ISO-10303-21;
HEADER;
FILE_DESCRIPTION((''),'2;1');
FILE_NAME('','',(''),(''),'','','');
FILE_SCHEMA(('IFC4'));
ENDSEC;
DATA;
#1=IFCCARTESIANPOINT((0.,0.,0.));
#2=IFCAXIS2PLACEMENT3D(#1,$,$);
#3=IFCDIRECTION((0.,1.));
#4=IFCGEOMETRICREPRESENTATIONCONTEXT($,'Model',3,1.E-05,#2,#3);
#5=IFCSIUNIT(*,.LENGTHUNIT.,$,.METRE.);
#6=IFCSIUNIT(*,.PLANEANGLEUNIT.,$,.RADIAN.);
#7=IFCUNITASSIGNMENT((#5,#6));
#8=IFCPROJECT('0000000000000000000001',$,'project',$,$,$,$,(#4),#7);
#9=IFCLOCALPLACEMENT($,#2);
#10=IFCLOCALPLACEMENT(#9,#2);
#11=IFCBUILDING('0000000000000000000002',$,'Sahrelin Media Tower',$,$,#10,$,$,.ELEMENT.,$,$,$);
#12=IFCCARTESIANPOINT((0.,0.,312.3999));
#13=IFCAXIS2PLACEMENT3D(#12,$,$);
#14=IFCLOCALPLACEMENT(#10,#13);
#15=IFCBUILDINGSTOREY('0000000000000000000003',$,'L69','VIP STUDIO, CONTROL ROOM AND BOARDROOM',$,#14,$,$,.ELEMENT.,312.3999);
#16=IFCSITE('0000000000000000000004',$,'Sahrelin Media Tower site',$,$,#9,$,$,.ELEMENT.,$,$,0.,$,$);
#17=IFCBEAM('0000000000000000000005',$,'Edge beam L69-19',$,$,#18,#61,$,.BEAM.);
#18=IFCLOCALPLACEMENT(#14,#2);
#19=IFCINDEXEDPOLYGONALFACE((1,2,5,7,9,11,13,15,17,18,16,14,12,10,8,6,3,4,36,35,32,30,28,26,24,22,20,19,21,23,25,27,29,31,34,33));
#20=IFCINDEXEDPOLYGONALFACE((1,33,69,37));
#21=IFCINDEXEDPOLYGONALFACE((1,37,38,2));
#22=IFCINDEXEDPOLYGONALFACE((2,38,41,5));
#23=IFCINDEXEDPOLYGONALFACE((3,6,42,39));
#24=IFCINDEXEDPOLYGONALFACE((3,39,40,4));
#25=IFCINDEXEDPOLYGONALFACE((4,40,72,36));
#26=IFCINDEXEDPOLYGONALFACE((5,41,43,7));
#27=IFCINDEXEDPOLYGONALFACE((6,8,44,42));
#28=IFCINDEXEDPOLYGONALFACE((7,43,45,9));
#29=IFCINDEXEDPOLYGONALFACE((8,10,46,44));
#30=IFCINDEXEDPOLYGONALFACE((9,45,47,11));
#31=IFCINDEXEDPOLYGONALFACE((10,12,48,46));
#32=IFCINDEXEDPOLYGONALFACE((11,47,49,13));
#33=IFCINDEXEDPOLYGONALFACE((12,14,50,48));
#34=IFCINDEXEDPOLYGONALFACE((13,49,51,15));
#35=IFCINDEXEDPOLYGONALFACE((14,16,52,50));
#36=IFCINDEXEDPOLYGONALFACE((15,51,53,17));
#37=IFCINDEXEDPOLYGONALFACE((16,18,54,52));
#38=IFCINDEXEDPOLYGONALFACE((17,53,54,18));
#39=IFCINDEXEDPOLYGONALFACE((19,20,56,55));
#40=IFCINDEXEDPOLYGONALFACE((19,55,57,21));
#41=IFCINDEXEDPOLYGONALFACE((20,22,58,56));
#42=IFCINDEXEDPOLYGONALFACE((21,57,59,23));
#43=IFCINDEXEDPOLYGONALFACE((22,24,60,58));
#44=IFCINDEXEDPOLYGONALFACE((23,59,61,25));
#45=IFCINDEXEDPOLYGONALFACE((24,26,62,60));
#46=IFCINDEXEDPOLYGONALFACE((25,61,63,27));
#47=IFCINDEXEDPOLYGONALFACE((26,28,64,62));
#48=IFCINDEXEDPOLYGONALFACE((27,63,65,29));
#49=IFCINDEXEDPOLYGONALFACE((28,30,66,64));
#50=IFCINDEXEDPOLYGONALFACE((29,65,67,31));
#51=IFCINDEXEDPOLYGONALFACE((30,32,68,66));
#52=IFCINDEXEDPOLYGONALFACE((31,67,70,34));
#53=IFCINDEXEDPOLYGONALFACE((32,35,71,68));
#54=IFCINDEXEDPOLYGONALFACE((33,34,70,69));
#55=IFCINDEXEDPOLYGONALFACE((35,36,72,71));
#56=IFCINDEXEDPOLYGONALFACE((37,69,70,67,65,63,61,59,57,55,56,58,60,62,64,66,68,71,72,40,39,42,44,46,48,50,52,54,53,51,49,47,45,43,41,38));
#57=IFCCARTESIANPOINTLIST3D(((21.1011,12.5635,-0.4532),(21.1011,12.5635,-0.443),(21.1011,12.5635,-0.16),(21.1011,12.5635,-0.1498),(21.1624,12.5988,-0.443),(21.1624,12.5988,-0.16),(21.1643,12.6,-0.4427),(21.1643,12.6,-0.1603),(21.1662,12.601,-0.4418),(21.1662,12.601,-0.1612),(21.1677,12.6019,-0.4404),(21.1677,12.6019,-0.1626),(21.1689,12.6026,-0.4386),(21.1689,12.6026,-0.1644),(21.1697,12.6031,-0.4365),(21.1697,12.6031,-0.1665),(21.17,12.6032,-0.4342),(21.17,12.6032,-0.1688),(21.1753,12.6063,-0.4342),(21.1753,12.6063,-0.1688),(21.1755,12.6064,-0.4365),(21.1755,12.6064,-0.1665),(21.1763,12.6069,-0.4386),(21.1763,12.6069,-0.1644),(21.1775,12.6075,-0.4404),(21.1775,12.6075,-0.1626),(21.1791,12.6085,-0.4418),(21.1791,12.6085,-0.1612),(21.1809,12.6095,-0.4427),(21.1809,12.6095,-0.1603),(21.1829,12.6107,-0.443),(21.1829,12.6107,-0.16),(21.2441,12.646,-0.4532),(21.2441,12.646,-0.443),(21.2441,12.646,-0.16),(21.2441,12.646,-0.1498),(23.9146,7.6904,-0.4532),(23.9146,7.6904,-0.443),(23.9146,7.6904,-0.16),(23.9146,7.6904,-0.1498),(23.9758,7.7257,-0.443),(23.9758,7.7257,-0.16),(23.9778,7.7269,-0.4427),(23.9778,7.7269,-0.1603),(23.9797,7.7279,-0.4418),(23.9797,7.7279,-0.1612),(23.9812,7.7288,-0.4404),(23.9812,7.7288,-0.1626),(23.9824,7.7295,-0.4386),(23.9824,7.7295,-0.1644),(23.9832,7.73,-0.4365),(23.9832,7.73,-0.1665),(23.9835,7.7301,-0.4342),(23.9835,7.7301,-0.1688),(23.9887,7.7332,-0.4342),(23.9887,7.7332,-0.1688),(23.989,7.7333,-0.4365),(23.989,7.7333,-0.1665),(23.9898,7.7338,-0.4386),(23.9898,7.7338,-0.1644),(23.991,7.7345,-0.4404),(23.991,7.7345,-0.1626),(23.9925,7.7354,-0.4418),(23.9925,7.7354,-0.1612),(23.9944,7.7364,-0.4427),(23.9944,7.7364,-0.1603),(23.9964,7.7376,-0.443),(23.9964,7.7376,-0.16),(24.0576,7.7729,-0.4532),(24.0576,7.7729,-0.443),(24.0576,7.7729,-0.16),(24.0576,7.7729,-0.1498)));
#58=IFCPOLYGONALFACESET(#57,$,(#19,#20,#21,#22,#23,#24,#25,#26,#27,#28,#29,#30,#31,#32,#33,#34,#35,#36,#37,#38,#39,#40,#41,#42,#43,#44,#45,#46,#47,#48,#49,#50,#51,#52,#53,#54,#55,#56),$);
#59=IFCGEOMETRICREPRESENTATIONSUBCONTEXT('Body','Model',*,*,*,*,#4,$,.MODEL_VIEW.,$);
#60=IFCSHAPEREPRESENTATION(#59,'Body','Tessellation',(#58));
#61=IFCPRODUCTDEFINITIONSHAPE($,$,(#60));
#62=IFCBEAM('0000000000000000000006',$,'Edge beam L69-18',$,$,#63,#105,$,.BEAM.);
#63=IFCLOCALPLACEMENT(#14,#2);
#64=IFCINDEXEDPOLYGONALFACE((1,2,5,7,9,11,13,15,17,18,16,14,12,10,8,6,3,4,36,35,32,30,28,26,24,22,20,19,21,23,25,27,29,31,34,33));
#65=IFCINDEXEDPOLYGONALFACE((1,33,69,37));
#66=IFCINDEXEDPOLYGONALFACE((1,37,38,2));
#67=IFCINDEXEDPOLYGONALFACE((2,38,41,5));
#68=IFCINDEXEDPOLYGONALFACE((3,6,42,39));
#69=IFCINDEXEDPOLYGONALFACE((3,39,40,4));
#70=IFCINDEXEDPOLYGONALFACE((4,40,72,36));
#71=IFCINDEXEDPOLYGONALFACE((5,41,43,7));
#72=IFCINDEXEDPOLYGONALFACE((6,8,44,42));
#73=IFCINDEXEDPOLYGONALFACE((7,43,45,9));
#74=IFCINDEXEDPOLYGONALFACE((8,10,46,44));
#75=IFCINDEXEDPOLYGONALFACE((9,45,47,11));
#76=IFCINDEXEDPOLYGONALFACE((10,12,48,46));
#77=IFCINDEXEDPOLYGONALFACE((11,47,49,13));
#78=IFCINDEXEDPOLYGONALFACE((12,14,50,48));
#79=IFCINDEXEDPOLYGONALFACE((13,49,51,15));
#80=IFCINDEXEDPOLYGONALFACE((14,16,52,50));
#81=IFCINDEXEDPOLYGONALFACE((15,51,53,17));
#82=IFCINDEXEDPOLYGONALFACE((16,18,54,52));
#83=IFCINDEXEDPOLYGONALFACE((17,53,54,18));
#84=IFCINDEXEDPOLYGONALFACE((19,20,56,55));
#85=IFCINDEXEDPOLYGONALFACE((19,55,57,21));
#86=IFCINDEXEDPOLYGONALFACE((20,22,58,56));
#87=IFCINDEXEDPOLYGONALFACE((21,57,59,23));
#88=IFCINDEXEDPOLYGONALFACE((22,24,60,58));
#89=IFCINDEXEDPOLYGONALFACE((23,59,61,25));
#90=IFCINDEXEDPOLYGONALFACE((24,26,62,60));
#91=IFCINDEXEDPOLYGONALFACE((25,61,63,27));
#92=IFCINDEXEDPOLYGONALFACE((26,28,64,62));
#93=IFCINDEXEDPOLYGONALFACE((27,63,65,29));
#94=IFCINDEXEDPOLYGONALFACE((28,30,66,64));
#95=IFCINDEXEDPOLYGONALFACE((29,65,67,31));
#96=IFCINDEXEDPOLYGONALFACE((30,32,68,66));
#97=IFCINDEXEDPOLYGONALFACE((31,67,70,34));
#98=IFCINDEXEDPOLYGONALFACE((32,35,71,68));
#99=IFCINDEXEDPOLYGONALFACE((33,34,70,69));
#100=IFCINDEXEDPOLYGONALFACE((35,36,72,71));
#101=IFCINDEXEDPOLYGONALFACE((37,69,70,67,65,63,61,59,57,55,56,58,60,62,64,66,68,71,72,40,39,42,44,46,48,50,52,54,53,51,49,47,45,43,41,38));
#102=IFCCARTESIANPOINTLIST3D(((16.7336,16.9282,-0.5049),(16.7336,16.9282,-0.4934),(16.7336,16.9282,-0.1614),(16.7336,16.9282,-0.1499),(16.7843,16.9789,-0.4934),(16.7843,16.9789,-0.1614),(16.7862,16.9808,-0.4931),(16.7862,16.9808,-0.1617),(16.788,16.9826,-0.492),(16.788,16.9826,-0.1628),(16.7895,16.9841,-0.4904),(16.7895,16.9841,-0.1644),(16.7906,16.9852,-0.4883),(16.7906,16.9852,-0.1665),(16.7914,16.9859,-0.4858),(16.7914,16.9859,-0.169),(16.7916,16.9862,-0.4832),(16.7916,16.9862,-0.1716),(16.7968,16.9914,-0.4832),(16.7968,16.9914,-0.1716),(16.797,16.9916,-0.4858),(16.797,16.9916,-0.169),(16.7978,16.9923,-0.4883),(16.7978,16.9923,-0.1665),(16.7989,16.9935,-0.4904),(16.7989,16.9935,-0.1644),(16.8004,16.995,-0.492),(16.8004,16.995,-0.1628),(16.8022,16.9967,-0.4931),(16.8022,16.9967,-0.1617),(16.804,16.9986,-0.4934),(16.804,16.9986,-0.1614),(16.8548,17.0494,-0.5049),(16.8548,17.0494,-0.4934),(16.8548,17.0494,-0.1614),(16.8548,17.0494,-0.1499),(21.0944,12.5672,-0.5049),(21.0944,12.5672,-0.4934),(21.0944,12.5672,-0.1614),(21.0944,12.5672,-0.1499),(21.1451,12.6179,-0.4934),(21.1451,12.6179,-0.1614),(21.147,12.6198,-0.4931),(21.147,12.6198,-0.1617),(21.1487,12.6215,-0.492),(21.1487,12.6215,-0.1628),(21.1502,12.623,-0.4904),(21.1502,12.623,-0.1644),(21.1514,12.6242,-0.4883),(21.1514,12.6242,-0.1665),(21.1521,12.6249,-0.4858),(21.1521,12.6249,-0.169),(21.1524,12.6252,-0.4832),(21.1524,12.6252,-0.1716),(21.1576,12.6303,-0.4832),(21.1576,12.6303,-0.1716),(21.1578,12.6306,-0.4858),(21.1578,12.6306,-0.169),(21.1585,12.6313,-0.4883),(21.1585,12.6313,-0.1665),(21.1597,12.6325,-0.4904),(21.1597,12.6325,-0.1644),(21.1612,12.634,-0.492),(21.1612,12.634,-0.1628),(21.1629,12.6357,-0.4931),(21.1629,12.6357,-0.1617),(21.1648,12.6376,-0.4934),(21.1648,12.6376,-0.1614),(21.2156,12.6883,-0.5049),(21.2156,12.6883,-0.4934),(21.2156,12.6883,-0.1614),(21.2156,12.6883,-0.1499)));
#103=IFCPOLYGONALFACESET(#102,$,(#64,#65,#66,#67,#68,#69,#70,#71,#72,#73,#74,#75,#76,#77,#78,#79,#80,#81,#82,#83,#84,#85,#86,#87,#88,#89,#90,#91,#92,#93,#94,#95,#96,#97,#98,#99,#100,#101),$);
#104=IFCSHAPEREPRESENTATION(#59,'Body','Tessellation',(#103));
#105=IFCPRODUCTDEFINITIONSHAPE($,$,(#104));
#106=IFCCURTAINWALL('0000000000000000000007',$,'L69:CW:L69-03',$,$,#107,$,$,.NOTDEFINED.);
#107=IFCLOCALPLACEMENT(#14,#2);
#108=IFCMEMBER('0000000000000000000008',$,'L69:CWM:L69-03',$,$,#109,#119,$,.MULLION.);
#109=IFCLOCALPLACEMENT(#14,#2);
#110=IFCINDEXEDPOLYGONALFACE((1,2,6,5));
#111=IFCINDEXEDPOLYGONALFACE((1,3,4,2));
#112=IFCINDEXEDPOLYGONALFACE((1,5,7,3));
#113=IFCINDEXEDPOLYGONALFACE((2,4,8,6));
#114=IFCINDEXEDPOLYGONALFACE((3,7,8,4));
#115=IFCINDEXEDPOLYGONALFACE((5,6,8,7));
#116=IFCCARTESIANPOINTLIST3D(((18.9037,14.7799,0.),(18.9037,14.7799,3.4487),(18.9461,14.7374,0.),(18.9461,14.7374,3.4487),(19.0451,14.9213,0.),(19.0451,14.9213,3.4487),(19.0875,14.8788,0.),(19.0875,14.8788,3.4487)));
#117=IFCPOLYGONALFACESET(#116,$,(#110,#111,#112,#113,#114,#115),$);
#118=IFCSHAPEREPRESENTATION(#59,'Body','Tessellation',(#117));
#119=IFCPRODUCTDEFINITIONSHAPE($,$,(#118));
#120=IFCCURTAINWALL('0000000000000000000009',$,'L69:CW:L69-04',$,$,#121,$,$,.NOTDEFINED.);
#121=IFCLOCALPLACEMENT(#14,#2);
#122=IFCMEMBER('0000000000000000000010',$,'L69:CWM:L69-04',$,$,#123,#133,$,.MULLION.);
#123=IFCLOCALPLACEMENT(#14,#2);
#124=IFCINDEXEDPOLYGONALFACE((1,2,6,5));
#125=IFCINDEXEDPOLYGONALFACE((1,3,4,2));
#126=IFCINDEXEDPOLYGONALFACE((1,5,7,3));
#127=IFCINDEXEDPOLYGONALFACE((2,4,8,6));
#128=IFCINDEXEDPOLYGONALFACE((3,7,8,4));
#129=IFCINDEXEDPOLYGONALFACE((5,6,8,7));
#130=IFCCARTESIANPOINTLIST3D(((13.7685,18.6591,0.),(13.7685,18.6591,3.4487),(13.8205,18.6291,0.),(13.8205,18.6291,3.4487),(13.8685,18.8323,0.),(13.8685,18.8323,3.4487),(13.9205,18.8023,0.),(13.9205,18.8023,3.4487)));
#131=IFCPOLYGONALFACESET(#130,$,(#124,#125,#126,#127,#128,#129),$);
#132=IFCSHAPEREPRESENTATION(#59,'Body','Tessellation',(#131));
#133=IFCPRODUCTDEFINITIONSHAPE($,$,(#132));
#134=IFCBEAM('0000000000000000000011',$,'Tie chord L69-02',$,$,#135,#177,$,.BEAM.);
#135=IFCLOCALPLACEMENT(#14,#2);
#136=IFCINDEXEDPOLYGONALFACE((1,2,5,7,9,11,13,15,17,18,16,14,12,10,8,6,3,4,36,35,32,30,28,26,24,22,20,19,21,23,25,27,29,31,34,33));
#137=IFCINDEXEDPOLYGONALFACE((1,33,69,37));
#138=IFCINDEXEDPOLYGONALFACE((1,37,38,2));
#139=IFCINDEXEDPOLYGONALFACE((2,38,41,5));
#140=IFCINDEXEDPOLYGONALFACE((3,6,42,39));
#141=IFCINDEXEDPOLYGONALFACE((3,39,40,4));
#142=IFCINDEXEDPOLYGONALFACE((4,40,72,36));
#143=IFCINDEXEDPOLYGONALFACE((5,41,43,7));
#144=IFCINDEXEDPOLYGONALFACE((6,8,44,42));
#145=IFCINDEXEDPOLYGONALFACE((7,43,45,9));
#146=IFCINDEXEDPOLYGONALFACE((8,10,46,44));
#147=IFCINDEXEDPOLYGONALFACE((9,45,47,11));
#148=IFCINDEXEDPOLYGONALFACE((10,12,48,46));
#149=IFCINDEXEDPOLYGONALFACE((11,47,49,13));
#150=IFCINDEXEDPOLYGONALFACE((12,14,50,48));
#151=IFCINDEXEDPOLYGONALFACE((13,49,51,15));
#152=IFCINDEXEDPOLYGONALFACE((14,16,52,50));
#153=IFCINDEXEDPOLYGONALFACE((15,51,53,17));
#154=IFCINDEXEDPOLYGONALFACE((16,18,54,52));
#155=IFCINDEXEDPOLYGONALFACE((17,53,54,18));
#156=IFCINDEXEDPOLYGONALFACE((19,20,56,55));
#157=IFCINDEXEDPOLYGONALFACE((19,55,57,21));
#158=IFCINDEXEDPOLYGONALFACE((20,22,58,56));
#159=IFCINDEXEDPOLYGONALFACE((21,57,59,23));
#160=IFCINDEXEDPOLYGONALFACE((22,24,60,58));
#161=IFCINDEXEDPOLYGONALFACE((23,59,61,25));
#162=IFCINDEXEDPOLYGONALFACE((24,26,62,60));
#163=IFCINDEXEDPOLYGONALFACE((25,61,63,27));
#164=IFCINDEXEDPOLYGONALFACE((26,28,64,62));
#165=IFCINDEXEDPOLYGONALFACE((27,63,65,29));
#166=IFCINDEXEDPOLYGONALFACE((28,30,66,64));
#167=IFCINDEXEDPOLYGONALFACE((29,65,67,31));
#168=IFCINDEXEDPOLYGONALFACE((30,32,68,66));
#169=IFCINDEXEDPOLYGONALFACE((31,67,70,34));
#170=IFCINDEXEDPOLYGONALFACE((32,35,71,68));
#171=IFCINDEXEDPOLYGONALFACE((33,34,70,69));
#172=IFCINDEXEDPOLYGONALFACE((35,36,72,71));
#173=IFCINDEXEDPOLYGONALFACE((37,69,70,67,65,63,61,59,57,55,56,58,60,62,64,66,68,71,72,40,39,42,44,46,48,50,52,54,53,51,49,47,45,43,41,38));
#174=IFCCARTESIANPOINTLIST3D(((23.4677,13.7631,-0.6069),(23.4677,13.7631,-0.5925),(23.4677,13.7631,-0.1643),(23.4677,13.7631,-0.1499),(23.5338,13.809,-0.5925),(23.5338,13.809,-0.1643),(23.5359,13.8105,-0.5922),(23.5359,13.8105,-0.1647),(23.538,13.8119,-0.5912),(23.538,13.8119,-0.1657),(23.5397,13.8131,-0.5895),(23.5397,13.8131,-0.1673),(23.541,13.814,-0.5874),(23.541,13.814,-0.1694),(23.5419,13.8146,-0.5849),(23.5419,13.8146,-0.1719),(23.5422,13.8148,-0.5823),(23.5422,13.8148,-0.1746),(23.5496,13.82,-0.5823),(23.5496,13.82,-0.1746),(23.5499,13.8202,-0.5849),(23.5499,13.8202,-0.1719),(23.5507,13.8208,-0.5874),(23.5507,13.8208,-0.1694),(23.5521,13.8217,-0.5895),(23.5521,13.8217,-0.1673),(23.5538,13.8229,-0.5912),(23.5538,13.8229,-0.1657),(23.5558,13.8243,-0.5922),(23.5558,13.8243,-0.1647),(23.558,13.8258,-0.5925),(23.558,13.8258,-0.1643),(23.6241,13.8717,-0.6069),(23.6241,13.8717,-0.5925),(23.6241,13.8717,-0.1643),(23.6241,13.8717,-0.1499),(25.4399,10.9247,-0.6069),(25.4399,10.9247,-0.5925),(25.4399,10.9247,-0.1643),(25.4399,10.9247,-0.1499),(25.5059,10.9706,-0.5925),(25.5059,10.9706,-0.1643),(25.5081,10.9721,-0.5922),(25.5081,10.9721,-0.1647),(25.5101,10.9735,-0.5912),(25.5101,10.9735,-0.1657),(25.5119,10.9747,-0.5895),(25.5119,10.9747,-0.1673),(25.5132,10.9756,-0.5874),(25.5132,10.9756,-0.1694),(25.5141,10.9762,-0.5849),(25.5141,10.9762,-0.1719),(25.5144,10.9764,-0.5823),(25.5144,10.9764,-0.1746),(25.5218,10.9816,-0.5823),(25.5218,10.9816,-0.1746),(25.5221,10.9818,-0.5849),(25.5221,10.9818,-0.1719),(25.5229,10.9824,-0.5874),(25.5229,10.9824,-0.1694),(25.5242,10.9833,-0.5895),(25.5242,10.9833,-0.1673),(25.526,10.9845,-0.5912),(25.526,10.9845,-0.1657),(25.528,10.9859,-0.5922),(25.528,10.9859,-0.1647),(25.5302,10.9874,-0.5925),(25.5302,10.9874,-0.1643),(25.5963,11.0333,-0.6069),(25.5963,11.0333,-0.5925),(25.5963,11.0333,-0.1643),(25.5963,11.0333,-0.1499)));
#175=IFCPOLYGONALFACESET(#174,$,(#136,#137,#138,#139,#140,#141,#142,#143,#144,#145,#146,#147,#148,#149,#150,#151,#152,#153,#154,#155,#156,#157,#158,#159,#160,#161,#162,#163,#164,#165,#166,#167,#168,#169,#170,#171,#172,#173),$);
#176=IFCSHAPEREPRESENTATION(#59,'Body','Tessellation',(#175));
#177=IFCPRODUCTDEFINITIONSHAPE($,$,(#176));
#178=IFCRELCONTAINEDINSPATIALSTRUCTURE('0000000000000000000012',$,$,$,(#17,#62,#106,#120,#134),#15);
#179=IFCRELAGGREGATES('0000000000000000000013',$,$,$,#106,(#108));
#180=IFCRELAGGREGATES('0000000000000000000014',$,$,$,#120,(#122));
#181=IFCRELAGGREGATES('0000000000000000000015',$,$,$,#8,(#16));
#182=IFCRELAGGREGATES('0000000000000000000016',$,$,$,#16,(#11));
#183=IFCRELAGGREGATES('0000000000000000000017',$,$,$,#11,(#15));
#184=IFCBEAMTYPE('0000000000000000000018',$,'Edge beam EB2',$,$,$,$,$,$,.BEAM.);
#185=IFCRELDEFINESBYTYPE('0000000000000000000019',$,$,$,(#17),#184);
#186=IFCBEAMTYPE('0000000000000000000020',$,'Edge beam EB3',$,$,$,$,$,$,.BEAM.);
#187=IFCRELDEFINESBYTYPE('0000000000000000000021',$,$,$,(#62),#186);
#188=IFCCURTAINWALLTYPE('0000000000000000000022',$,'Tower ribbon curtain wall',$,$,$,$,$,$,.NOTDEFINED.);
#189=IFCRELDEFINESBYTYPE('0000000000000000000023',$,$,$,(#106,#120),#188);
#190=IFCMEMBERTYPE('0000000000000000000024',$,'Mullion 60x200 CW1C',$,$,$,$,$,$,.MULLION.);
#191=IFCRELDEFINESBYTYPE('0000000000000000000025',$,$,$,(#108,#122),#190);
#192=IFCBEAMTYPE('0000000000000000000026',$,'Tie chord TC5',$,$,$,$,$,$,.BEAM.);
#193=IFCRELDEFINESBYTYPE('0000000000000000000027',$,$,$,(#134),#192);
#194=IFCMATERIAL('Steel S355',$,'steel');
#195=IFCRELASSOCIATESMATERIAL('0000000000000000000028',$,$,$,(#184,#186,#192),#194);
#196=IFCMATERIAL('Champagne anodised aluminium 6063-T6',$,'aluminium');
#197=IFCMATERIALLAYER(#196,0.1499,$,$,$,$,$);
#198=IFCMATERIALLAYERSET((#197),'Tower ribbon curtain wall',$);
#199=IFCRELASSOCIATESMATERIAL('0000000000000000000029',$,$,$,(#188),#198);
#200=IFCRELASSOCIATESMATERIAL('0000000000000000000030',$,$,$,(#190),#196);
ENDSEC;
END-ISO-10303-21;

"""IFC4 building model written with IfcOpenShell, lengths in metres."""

from ifc_helpers import new_model, si_unit, direction, frame, origin, origin_2d, place, context, subcontext, project, spatial, rectangle, i_section, extrude, material, layer, layer_set, material_profile, profile_set, type_object, element, aggregate, save


model = new_model("IFC4")

# Units and contexts
model_context = context("Model", 3, precision=1e-05, world=origin(), true_north=direction((0.0, 1.0)))
body_context = subcontext(model_context, "Body", "Model", "MODEL_VIEW")
ifc_project = project(units=[si_unit("LENGTHUNIT", "METRE"), si_unit("PLANEANGLEUNIT", "RADIAN")], contexts=[model_context])

# Site, building, storey
site_placement = place(None, origin())
site = spatial("IfcSite", under=ifc_project, at=site_placement, Name="Sahrelin Media Tower site", CompositionType="ELEMENT", RefElevation=0.0)
building_placement = place(site_placement, origin())
building = spatial("IfcBuilding", under=site, at=building_placement, Name="Sahrelin Media Tower", CompositionType="ELEMENT")
storey_placement = place(building_placement, frame((0.0, 0.0, 312.3999)))
storey = spatial("IfcBuildingStorey", under=building, at=storey_placement, Name="L69", Description="VIP STUDIO, CONTROL ROOM AND BOARDROOM", CompositionType="ELEMENT", Elevation=312.3999)

# Beams
ifc_material_1 = material(Name="Steel S355", Category="steel")
ifc_material_profile_1 = material_profile(ifc_material_1, i_section(OverallWidth=0.165, OverallDepth=0.3035, WebThickness=0.0061, FlangeThickness=0.0103, FilletRadius=0.0088, at=origin_2d()), Name="UB 305x165x40")
ifc_profile_set_1 = profile_set([ifc_material_profile_1], Name="Steel S355")
beam_type_1 = type_object("IfcBeamType", Name="Edge beam EB2", PredefinedType="BEAM", material=ifc_profile_set_1)
beam_1_placement = place(storey_placement, frame((21.1726, 12.6047, -0.3015), z_axis=(0.500003, -0.866024, 0.0), x_axis=(0.866024, 0.500003, 0.0)))
element("IfcBeam", 1, at=beam_1_placement, inside=storey, type_object=beam_type_1, Name="Edge beam L69-19", PredefinedType="BEAM", context=body_context, shape_type="SweptSolid", body=[
    extrude(i_section(OverallWidth=0.165, OverallDepth=0.3035, WebThickness=0.0061, FlangeThickness=0.0103, FilletRadius=0.0088, at=origin_2d()), origin(), (0.0, 0.0, 1.0), 5.627),
])
ifc_material_profile_2 = material_profile(ifc_material_1, i_section(OverallWidth=0.1714, OverallDepth=0.355, WebThickness=0.0073, FlangeThickness=0.0115, FilletRadius=0.0103, at=origin_2d()), Name="UB 356x171x51")
ifc_profile_set_2 = profile_set([ifc_material_profile_2], Name="Steel S355")
beam_type_2 = type_object("IfcBeamType", Name="Edge beam EB3", PredefinedType="BEAM", material=ifc_profile_set_2)
beam_2_placement = place(storey_placement, frame((16.7942, 16.9888, -0.3274), z_axis=(0.707087, -0.707127, 0.0), x_axis=(0.707127, 0.707087, 0.0)))
element("IfcBeam", 2, at=beam_2_placement, inside=storey, type_object=beam_type_2, Name="Edge beam L69-18", PredefinedType="BEAM", context=body_context, shape_type="SweptSolid", body=[
    extrude(i_section(OverallWidth=0.1714, OverallDepth=0.355, WebThickness=0.0073, FlangeThickness=0.0115, FilletRadius=0.0103, at=origin_2d()), origin(), (0.0, 0.0, 1.0), 6.1672),
])

# Curtain walls, members
ifc_material_2 = material(Name="Champagne anodised aluminium 6063-T6", Category="aluminium")
ifc_layer_1 = layer(ifc_material_2, 0.1499)
ifc_layer_set_1 = layer_set([ifc_layer_1], Name="Tower ribbon curtain wall")
curtain_wall_type = type_object("IfcCurtainWallType", Name="Tower ribbon curtain wall", PredefinedType="NOTDEFINED", material=ifc_layer_set_1)
curtain_wall_1_placement = place(storey_placement, frame((19.0806, 14.9143, 0.0), z_axis=(0.0, 0.0, 1.0), x_axis=(1.0, 0.0, 0.0)))
curtain_wall_1 = element("IfcCurtainWall", 3, at=curtain_wall_1_placement, inside=storey, type_object=curtain_wall_type, Name="L69:CW:L69-03", PredefinedType="NOTDEFINED")
ifc_material_profile_3 = material_profile(ifc_material_2, rectangle(XDim=0.0601, YDim=0.2, at=origin_2d()), Name="Mullion 60x200")
ifc_profile_set_3 = profile_set([ifc_material_profile_3], Name="Champagne anodised aluminium 6063-T6")
member_type_1 = type_object("IfcMemberType", Name="Mullion 60x200 CW1C", PredefinedType="MULLION", material=ifc_profile_set_3)
member_1_placement = place(storey_placement, frame((18.9956, 14.8293, 0.0), z_axis=(0.0, 0.0, 1.0), x_axis=(-0.707099, 0.707114, 0.0)))
member_1 = element("IfcMember", 4, at=member_1_placement, type_object=member_type_1, Name="L69:CWM:L69-03", PredefinedType="MULLION", context=body_context, shape_type="SweptSolid", body=[
    extrude(rectangle(XDim=0.0601, YDim=0.2, at=origin_2d()), origin(), (0.0, 0.0, 1.0), 3.4487),
])
curtain_wall_2_placement = place(storey_placement, frame((13.9043, 18.8347, 0.0), z_axis=(0.0, 0.0, 1.0), x_axis=(1.0, 0.0, 0.0)))
curtain_wall_2 = element("IfcCurtainWall", 5, at=curtain_wall_2_placement, inside=storey, type_object=curtain_wall_type, Name="L69:CW:L69-04", PredefinedType="NOTDEFINED")
member_2_placement = place(storey_placement, frame((13.8445, 18.7307, 0.0), z_axis=(0.0, 0.0, 1.0), x_axis=(-0.866029, 0.499994, 0.0)))
member_2 = element("IfcMember", 6, at=member_2_placement, type_object=member_type_1, Name="L69:CWM:L69-04", PredefinedType="MULLION", context=body_context, shape_type="SweptSolid", body=[
    extrude(rectangle(XDim=0.0601, YDim=0.2, at=origin_2d()), origin(), (0.0, 0.0, 1.0), 3.4487),
])

# Beam
ifc_material_profile_4 = material_profile(ifc_material_1, i_section(OverallWidth=0.1904, OverallDepth=0.457, WebThickness=0.009, FlangeThickness=0.0144, FilletRadius=0.0103, at=origin_2d()), Name="UB 457x191x74")
ifc_profile_set_4 = profile_set([ifc_material_profile_4], Name="Steel S355")
beam_type_3 = type_object("IfcBeamType", Name="Tie chord TC5", PredefinedType="BEAM", material=ifc_profile_set_4)
beam_3_placement = place(storey_placement, frame((25.5181, 10.979, -0.3784), z_axis=(-0.570605, 0.821225, 0.0), x_axis=(-0.821225, -0.570605, 0.0)))
element("IfcBeam", 7, at=beam_3_placement, inside=storey, type_object=beam_type_3, Name="Tie chord L69-02", PredefinedType="BEAM", context=body_context, shape_type="SweptSolid", body=[
    extrude(i_section(OverallWidth=0.1904, OverallDepth=0.457, WebThickness=0.009, FlangeThickness=0.0144, FilletRadius=0.0103, at=origin_2d()), origin(), (0.0, 0.0, 1.0), 3.4563),
])

aggregate(curtain_wall_1, [member_1])
aggregate(curtain_wall_2, [member_2])

save(model, "model.ifc")
